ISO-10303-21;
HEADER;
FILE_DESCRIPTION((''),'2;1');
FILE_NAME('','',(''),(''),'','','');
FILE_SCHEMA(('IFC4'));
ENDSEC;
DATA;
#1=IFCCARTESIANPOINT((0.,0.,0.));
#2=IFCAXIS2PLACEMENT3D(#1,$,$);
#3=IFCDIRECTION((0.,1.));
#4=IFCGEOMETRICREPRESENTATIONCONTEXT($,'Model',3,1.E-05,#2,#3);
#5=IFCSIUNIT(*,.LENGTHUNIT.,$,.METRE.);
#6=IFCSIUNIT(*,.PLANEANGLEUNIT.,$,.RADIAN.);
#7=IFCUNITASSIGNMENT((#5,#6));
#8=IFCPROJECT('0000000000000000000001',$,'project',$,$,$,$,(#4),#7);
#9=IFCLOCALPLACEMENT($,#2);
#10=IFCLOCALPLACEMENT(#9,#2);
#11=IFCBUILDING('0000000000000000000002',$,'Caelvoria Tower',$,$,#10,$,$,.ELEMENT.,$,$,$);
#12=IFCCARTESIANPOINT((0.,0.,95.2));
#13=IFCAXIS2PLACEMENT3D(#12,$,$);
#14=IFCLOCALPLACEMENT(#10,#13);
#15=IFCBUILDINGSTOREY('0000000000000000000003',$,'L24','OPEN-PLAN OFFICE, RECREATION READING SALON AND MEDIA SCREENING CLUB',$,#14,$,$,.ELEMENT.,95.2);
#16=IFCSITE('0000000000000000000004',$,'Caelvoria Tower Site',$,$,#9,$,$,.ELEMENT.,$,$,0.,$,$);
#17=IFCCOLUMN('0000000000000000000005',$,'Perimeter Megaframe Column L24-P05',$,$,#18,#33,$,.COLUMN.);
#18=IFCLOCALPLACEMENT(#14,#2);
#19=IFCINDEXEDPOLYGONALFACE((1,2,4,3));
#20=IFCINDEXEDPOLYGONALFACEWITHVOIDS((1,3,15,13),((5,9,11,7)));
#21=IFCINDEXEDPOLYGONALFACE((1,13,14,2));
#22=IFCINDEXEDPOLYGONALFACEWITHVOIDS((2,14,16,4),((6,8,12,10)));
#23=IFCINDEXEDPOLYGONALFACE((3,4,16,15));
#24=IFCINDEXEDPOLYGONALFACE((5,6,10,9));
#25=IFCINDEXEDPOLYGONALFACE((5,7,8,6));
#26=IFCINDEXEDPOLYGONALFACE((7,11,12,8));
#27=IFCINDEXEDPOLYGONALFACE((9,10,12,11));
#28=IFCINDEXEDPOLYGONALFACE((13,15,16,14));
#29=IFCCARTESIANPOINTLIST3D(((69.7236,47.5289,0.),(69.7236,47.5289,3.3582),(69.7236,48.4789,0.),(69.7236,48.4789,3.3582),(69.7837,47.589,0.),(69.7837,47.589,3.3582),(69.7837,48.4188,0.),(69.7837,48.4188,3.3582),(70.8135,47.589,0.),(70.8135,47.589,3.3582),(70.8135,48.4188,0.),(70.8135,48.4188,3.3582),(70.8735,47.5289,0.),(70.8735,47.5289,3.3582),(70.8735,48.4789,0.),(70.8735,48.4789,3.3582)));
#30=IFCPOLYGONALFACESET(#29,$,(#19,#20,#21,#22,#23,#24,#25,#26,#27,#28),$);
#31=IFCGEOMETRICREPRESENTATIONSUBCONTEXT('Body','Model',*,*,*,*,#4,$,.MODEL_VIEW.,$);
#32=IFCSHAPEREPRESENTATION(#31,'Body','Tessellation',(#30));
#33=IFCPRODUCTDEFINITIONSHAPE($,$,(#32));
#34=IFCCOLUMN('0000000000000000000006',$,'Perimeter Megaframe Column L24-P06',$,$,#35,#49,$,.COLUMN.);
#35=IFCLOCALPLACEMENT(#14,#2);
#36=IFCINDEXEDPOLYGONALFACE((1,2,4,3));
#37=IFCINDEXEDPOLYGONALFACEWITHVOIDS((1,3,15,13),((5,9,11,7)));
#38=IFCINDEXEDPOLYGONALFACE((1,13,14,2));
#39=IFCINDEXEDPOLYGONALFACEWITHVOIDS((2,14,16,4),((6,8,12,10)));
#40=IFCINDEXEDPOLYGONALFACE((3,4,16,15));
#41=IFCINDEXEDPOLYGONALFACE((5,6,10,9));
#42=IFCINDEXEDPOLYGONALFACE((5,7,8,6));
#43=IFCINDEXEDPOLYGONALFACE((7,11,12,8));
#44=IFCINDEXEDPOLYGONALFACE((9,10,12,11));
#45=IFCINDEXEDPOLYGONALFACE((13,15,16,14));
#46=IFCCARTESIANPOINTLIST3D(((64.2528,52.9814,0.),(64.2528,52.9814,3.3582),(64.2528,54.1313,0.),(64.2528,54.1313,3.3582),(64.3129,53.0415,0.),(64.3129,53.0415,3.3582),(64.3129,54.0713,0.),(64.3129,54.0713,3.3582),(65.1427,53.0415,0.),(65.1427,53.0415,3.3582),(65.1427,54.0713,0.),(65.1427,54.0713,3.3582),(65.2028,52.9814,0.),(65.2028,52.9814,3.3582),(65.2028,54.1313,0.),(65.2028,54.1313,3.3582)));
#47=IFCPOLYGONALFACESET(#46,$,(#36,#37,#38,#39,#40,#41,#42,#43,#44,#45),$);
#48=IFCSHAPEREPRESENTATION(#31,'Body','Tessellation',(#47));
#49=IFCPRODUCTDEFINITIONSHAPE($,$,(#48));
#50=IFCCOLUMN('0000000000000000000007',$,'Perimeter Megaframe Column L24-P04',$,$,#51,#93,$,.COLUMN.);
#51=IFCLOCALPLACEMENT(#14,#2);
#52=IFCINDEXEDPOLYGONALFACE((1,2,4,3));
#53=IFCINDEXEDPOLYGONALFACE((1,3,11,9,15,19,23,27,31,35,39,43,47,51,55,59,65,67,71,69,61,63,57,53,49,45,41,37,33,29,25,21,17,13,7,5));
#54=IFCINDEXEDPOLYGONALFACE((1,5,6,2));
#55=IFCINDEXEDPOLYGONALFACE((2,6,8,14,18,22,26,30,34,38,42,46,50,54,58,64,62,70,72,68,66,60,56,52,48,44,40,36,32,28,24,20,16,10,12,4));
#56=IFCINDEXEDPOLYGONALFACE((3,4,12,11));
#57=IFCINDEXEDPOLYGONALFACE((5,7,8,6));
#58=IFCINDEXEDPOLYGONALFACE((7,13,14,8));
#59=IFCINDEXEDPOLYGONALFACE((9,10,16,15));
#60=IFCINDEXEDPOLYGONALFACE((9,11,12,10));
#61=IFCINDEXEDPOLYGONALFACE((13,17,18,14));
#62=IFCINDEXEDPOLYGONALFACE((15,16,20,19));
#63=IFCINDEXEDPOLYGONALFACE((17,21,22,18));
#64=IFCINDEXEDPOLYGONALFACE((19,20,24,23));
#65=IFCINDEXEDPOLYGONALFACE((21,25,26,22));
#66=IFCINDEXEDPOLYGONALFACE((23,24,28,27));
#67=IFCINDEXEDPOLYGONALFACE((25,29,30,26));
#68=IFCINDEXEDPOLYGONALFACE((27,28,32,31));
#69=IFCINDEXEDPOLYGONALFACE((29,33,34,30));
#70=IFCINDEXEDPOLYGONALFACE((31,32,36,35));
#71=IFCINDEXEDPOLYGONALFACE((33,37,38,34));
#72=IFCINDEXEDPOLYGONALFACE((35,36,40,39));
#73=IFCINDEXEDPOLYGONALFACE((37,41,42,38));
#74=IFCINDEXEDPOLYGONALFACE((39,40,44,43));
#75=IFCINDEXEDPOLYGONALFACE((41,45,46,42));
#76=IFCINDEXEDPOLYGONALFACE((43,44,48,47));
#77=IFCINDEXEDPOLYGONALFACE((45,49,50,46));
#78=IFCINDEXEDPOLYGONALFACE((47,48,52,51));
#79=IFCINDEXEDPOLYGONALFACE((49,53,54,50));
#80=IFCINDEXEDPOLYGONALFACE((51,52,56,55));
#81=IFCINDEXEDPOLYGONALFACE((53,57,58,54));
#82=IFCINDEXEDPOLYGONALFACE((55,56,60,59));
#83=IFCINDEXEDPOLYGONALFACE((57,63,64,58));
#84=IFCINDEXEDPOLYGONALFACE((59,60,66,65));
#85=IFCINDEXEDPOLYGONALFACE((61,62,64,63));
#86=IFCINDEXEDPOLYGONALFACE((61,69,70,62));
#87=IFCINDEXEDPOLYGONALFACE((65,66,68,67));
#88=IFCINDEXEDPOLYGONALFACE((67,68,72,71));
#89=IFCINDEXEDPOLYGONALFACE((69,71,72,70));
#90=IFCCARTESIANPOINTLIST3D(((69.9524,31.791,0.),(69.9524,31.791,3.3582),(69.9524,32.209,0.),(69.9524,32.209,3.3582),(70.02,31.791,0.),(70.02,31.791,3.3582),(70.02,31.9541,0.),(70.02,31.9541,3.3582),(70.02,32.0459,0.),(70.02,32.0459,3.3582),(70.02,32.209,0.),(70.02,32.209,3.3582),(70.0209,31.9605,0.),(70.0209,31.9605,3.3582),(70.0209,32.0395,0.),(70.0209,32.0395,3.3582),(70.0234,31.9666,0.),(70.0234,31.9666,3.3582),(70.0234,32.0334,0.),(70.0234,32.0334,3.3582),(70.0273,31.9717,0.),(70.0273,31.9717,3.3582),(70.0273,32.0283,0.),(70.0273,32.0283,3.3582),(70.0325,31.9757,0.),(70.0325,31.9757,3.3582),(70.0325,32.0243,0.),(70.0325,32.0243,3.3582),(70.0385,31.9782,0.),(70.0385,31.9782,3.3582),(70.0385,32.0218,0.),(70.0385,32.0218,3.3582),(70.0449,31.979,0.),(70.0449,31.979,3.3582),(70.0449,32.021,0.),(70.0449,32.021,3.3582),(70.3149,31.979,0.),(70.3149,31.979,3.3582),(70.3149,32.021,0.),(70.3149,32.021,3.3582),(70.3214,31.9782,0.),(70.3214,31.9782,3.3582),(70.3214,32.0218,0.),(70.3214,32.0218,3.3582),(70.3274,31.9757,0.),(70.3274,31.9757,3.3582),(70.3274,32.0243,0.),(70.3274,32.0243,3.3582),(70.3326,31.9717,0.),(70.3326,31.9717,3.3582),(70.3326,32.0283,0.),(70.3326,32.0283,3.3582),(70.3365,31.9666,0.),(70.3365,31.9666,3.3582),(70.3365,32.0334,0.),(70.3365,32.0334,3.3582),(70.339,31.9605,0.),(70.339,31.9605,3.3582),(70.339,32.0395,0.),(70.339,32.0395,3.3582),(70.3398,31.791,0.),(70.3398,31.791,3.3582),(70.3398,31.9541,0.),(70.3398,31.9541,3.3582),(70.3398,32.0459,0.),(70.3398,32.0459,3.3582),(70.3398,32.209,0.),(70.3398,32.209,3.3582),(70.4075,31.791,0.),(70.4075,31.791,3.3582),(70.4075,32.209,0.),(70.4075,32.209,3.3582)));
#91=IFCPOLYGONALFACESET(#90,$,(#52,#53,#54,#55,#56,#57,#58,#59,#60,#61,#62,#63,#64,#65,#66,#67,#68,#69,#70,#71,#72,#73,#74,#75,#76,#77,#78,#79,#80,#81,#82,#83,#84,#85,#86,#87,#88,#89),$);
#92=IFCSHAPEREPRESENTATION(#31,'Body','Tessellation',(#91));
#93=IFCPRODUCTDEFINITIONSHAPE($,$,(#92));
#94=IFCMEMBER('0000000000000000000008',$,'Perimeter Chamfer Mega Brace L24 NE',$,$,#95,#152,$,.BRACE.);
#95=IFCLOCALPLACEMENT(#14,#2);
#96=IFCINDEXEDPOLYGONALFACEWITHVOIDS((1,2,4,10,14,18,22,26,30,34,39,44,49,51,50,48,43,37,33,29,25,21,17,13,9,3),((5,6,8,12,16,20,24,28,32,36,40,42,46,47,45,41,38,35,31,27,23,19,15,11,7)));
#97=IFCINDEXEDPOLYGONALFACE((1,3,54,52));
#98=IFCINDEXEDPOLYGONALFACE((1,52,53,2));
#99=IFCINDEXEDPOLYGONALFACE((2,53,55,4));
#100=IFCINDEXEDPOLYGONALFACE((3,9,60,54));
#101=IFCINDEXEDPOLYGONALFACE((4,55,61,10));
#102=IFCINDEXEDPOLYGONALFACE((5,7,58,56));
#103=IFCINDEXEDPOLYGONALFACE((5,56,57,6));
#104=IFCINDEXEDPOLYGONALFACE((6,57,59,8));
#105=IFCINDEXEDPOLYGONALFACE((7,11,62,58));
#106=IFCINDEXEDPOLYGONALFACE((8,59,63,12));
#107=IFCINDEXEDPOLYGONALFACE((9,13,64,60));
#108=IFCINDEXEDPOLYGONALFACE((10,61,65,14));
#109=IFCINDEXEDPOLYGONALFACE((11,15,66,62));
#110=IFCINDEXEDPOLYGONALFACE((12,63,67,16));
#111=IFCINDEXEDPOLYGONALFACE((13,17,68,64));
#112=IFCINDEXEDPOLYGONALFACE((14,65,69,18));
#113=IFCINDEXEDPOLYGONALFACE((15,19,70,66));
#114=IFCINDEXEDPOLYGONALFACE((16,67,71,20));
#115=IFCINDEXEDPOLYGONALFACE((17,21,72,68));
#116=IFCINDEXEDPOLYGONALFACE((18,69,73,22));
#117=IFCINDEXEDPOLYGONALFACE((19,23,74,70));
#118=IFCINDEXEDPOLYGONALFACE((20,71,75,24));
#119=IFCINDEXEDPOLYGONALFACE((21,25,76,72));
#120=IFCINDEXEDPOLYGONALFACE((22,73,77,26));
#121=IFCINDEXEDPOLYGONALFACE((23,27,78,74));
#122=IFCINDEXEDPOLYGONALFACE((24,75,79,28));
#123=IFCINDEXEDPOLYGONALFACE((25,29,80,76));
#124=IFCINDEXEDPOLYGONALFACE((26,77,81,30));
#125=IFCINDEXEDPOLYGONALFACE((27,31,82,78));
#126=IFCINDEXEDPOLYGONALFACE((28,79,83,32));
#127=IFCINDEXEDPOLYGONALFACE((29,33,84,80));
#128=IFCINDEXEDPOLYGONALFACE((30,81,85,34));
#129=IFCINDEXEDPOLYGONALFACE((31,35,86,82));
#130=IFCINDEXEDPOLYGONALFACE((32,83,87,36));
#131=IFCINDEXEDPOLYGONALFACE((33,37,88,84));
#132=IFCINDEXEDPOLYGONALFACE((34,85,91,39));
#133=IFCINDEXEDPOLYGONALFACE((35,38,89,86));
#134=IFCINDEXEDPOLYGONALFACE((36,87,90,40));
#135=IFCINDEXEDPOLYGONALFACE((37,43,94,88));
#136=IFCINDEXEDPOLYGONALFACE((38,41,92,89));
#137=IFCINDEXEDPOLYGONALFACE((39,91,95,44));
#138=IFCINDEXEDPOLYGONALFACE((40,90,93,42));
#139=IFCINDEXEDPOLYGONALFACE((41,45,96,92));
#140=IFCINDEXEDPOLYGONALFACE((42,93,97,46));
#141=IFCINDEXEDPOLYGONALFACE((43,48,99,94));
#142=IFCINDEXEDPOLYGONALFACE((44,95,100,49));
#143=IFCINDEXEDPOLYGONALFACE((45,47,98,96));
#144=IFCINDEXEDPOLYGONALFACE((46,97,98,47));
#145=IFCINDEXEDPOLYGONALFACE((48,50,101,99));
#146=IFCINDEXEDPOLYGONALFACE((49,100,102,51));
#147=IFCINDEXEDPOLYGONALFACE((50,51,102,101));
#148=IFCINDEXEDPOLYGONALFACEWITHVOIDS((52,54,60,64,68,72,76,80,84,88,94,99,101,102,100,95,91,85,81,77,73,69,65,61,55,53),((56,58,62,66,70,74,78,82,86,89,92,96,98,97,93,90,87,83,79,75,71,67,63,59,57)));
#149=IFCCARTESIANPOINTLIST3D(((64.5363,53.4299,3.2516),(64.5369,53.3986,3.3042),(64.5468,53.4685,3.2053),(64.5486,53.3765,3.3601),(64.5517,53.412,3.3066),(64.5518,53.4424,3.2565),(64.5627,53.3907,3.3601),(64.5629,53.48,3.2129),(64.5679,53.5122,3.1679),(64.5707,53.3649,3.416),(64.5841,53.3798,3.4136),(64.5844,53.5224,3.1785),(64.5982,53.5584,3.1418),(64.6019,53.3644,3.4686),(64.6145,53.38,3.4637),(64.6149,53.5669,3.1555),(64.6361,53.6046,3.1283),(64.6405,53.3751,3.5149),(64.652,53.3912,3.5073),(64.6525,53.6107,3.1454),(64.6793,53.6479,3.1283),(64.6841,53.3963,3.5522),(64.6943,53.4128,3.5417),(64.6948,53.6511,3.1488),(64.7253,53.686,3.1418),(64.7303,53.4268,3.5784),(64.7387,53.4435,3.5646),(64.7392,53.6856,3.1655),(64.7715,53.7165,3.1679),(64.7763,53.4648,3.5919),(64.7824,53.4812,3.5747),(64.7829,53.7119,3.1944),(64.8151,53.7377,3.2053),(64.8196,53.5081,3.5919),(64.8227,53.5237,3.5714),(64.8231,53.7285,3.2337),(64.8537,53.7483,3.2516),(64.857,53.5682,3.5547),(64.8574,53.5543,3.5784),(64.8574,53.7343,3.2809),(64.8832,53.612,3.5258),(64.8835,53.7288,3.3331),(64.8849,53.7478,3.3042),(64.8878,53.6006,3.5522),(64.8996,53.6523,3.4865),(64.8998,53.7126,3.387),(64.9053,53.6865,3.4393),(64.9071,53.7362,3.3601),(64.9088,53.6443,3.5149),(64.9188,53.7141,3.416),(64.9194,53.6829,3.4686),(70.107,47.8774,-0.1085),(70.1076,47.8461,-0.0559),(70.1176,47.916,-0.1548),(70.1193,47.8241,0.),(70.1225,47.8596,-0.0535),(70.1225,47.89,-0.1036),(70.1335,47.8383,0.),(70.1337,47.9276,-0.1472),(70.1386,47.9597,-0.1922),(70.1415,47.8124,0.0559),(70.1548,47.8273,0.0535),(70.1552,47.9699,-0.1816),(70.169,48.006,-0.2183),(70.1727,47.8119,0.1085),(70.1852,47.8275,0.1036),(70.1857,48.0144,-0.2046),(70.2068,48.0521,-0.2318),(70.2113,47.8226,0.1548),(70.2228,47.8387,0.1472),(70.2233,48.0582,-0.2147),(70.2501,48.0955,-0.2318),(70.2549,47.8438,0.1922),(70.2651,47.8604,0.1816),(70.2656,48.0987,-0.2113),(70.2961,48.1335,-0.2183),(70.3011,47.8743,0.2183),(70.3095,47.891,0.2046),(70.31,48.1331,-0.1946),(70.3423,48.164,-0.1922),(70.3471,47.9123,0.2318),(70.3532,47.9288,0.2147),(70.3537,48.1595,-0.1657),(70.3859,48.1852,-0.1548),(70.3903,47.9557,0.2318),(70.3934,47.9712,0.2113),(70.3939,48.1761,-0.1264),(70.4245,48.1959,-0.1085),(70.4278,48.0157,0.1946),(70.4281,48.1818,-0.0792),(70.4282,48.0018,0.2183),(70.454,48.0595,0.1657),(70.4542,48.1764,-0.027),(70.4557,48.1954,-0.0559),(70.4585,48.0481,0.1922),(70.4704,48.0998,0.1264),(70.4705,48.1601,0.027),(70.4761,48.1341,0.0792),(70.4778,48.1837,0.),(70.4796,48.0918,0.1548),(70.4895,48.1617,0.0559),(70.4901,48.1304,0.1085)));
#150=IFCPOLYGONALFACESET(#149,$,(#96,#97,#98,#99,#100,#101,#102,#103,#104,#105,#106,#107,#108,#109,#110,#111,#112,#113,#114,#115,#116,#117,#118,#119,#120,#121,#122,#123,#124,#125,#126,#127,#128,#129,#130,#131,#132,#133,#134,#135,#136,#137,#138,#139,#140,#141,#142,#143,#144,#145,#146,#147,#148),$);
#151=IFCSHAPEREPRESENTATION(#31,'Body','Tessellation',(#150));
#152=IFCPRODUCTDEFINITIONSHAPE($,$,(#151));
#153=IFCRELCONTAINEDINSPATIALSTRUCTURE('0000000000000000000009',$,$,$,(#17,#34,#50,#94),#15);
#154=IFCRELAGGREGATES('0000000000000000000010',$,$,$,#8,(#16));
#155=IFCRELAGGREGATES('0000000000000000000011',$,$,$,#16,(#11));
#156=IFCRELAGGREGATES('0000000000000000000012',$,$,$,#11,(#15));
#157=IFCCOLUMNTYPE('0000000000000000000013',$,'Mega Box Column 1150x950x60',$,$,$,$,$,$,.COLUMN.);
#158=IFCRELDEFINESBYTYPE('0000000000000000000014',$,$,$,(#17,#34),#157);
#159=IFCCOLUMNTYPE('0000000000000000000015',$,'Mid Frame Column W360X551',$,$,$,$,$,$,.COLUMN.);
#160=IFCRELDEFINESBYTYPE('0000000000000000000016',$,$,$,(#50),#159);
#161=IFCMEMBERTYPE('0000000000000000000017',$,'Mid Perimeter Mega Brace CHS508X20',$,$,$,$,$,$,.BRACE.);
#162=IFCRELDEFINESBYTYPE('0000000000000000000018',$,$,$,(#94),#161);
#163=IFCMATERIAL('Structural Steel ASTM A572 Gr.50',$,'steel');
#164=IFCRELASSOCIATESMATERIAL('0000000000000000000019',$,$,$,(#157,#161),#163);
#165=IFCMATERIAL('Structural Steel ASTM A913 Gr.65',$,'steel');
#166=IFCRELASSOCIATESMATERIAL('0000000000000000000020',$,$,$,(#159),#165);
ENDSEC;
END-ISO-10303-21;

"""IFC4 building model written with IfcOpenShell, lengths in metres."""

from ifc_helpers import new_model, si_unit, direction, frame, origin, origin_2d, place, context, subcontext, project, spatial, hollow_rectangle, hollow_circle, i_section, extrude, material, material_profile, profile_set, type_object, element, save


model = new_model("IFC4")

# Units and contexts
model_context = context("Model", 3, precision=1e-05, world=origin(), true_north=direction((0.0, 1.0)))
body_context = subcontext(model_context, "Body", "Model", "MODEL_VIEW")
ifc_project = project(units=[si_unit("LENGTHUNIT", "METRE"), si_unit("PLANEANGLEUNIT", "RADIAN")], contexts=[model_context])

# Site, building, storey
site_placement = place(None, origin())
site = spatial("IfcSite", under=ifc_project, at=site_placement, Name="Caelvoria Tower Site", CompositionType="ELEMENT", RefElevation=0.0)
building_placement = place(site_placement, origin())
building = spatial("IfcBuilding", under=site, at=building_placement, Name="Caelvoria Tower", CompositionType="ELEMENT")
storey_placement = place(building_placement, frame((0.0, 0.0, 95.2)))
storey = spatial("IfcBuildingStorey", under=building, at=storey_placement, Name="L24", Description="OPEN-PLAN OFFICE, RECREATION READING SALON AND MEDIA SCREENING CLUB", CompositionType="ELEMENT", Elevation=95.2)

# Columns
ifc_material_1 = material(Name="Structural Steel ASTM A572 Gr.50", Category="steel")
ifc_material_profile_1 = material_profile(ifc_material_1, hollow_rectangle(XDim=0.95, YDim=1.1499, WallThickness=0.0601, at=origin_2d()), Name="Structural Steel ASTM A572 Gr.50")
ifc_profile_set_1 = profile_set([ifc_material_profile_1], Name="BOX1150X950X60 - Structural Steel ASTM A572 Gr.50")
column_type_1 = type_object("IfcColumnType", Name="Mega Box Column 1150x950x60", PredefinedType="COLUMN", material=ifc_profile_set_1)
for number, where, z_axis, x_axis, name in (
    (1, (70.2986, 48.0039, 0.0), (0.0, 0.0, 1.0), (0.0, 1.0, 0.0), "Perimeter Megaframe Column L24-P05"),
    (2, (64.7278, 53.5564, 0.0), (0.0, 0.0, 1.0), (1.0, 0.0, 0.0), "Perimeter Megaframe Column L24-P06"),
):
    element("IfcColumn", number, at=place(storey_placement, frame(where, z_axis=z_axis, x_axis=x_axis)), inside=storey, type_object=column_type_1, Name=name, PredefinedType="COLUMN", context=body_context, shape_type="SweptSolid", body=[
        extrude(hollow_rectangle(XDim=0.95, YDim=1.1499, WallThickness=0.0601, at=origin_2d()), origin(), (0.0, 0.0, 1.0), 3.3582),
    ])
ifc_material_2 = material(Name="Structural Steel ASTM A913 Gr.65", Category="steel")
ifc_material_profile_2 = material_profile(ifc_material_2, i_section(OverallWidth=0.418, OverallDepth=0.4551, WebThickness=0.042, FlangeThickness=0.0676, FilletRadius=0.0249, at=origin_2d()), Name="Structural Steel ASTM A913 Gr.65")
ifc_profile_set_2 = profile_set([ifc_material_profile_2], Name="W360X551 - Structural Steel ASTM A913 Gr.65")
column_type_2 = type_object("IfcColumnType", Name="Mid Frame Column W360X551", PredefinedType="COLUMN", material=ifc_profile_set_2)
column_placement = place(storey_placement, frame((70.1799, 32.0, 0.0), z_axis=(0.0, 0.0, 1.0), x_axis=(0.0, 1.0, 0.0)))
element("IfcColumn", 3, at=column_placement, inside=storey, type_object=column_type_2, Name="Perimeter Megaframe Column L24-P04", PredefinedType="COLUMN", context=body_context, shape_type="SweptSolid", body=[
    extrude(i_section(OverallWidth=0.418, OverallDepth=0.4551, WebThickness=0.042, FlangeThickness=0.0676, FilletRadius=0.0249, at=origin_2d()), origin(), (0.0, 0.0, 1.0), 3.3582),
])

# Member
ifc_material_profile_3 = material_profile(ifc_material_1, hollow_circle(Radius=0.2539, WallThickness=0.02, at=origin_2d()), Name="Structural Steel ASTM A572 Gr.50")
ifc_profile_set_3 = profile_set([ifc_material_profile_3], Name="CHS508X20 - Structural Steel ASTM A572 Gr.50")
member_type = type_object("IfcMemberType", Name="Mid Perimeter Mega Brace CHS508X20", PredefinedType="BRACE", material=ifc_profile_set_3)
member_1_placement = place(storey_placement, frame((70.2986, 48.0039, 0.0), z_axis=(-0.651325, 0.649184, 0.392856), x_axis=(-0.705942, -0.70827, 0.0)))
element("IfcMember", 4, at=member_1_placement, inside=storey, type_object=member_type, Name="Perimeter Chamfer Mega Brace L24 NE", PredefinedType="BRACE", context=body_context, shape_type="SweptSolid", body=[
    extrude(hollow_circle(Radius=0.2539, WallThickness=0.02, at=origin_2d()), origin(), (0.0, 0.0, 1.0), 8.553),
])

save(model, "model.ifc")
